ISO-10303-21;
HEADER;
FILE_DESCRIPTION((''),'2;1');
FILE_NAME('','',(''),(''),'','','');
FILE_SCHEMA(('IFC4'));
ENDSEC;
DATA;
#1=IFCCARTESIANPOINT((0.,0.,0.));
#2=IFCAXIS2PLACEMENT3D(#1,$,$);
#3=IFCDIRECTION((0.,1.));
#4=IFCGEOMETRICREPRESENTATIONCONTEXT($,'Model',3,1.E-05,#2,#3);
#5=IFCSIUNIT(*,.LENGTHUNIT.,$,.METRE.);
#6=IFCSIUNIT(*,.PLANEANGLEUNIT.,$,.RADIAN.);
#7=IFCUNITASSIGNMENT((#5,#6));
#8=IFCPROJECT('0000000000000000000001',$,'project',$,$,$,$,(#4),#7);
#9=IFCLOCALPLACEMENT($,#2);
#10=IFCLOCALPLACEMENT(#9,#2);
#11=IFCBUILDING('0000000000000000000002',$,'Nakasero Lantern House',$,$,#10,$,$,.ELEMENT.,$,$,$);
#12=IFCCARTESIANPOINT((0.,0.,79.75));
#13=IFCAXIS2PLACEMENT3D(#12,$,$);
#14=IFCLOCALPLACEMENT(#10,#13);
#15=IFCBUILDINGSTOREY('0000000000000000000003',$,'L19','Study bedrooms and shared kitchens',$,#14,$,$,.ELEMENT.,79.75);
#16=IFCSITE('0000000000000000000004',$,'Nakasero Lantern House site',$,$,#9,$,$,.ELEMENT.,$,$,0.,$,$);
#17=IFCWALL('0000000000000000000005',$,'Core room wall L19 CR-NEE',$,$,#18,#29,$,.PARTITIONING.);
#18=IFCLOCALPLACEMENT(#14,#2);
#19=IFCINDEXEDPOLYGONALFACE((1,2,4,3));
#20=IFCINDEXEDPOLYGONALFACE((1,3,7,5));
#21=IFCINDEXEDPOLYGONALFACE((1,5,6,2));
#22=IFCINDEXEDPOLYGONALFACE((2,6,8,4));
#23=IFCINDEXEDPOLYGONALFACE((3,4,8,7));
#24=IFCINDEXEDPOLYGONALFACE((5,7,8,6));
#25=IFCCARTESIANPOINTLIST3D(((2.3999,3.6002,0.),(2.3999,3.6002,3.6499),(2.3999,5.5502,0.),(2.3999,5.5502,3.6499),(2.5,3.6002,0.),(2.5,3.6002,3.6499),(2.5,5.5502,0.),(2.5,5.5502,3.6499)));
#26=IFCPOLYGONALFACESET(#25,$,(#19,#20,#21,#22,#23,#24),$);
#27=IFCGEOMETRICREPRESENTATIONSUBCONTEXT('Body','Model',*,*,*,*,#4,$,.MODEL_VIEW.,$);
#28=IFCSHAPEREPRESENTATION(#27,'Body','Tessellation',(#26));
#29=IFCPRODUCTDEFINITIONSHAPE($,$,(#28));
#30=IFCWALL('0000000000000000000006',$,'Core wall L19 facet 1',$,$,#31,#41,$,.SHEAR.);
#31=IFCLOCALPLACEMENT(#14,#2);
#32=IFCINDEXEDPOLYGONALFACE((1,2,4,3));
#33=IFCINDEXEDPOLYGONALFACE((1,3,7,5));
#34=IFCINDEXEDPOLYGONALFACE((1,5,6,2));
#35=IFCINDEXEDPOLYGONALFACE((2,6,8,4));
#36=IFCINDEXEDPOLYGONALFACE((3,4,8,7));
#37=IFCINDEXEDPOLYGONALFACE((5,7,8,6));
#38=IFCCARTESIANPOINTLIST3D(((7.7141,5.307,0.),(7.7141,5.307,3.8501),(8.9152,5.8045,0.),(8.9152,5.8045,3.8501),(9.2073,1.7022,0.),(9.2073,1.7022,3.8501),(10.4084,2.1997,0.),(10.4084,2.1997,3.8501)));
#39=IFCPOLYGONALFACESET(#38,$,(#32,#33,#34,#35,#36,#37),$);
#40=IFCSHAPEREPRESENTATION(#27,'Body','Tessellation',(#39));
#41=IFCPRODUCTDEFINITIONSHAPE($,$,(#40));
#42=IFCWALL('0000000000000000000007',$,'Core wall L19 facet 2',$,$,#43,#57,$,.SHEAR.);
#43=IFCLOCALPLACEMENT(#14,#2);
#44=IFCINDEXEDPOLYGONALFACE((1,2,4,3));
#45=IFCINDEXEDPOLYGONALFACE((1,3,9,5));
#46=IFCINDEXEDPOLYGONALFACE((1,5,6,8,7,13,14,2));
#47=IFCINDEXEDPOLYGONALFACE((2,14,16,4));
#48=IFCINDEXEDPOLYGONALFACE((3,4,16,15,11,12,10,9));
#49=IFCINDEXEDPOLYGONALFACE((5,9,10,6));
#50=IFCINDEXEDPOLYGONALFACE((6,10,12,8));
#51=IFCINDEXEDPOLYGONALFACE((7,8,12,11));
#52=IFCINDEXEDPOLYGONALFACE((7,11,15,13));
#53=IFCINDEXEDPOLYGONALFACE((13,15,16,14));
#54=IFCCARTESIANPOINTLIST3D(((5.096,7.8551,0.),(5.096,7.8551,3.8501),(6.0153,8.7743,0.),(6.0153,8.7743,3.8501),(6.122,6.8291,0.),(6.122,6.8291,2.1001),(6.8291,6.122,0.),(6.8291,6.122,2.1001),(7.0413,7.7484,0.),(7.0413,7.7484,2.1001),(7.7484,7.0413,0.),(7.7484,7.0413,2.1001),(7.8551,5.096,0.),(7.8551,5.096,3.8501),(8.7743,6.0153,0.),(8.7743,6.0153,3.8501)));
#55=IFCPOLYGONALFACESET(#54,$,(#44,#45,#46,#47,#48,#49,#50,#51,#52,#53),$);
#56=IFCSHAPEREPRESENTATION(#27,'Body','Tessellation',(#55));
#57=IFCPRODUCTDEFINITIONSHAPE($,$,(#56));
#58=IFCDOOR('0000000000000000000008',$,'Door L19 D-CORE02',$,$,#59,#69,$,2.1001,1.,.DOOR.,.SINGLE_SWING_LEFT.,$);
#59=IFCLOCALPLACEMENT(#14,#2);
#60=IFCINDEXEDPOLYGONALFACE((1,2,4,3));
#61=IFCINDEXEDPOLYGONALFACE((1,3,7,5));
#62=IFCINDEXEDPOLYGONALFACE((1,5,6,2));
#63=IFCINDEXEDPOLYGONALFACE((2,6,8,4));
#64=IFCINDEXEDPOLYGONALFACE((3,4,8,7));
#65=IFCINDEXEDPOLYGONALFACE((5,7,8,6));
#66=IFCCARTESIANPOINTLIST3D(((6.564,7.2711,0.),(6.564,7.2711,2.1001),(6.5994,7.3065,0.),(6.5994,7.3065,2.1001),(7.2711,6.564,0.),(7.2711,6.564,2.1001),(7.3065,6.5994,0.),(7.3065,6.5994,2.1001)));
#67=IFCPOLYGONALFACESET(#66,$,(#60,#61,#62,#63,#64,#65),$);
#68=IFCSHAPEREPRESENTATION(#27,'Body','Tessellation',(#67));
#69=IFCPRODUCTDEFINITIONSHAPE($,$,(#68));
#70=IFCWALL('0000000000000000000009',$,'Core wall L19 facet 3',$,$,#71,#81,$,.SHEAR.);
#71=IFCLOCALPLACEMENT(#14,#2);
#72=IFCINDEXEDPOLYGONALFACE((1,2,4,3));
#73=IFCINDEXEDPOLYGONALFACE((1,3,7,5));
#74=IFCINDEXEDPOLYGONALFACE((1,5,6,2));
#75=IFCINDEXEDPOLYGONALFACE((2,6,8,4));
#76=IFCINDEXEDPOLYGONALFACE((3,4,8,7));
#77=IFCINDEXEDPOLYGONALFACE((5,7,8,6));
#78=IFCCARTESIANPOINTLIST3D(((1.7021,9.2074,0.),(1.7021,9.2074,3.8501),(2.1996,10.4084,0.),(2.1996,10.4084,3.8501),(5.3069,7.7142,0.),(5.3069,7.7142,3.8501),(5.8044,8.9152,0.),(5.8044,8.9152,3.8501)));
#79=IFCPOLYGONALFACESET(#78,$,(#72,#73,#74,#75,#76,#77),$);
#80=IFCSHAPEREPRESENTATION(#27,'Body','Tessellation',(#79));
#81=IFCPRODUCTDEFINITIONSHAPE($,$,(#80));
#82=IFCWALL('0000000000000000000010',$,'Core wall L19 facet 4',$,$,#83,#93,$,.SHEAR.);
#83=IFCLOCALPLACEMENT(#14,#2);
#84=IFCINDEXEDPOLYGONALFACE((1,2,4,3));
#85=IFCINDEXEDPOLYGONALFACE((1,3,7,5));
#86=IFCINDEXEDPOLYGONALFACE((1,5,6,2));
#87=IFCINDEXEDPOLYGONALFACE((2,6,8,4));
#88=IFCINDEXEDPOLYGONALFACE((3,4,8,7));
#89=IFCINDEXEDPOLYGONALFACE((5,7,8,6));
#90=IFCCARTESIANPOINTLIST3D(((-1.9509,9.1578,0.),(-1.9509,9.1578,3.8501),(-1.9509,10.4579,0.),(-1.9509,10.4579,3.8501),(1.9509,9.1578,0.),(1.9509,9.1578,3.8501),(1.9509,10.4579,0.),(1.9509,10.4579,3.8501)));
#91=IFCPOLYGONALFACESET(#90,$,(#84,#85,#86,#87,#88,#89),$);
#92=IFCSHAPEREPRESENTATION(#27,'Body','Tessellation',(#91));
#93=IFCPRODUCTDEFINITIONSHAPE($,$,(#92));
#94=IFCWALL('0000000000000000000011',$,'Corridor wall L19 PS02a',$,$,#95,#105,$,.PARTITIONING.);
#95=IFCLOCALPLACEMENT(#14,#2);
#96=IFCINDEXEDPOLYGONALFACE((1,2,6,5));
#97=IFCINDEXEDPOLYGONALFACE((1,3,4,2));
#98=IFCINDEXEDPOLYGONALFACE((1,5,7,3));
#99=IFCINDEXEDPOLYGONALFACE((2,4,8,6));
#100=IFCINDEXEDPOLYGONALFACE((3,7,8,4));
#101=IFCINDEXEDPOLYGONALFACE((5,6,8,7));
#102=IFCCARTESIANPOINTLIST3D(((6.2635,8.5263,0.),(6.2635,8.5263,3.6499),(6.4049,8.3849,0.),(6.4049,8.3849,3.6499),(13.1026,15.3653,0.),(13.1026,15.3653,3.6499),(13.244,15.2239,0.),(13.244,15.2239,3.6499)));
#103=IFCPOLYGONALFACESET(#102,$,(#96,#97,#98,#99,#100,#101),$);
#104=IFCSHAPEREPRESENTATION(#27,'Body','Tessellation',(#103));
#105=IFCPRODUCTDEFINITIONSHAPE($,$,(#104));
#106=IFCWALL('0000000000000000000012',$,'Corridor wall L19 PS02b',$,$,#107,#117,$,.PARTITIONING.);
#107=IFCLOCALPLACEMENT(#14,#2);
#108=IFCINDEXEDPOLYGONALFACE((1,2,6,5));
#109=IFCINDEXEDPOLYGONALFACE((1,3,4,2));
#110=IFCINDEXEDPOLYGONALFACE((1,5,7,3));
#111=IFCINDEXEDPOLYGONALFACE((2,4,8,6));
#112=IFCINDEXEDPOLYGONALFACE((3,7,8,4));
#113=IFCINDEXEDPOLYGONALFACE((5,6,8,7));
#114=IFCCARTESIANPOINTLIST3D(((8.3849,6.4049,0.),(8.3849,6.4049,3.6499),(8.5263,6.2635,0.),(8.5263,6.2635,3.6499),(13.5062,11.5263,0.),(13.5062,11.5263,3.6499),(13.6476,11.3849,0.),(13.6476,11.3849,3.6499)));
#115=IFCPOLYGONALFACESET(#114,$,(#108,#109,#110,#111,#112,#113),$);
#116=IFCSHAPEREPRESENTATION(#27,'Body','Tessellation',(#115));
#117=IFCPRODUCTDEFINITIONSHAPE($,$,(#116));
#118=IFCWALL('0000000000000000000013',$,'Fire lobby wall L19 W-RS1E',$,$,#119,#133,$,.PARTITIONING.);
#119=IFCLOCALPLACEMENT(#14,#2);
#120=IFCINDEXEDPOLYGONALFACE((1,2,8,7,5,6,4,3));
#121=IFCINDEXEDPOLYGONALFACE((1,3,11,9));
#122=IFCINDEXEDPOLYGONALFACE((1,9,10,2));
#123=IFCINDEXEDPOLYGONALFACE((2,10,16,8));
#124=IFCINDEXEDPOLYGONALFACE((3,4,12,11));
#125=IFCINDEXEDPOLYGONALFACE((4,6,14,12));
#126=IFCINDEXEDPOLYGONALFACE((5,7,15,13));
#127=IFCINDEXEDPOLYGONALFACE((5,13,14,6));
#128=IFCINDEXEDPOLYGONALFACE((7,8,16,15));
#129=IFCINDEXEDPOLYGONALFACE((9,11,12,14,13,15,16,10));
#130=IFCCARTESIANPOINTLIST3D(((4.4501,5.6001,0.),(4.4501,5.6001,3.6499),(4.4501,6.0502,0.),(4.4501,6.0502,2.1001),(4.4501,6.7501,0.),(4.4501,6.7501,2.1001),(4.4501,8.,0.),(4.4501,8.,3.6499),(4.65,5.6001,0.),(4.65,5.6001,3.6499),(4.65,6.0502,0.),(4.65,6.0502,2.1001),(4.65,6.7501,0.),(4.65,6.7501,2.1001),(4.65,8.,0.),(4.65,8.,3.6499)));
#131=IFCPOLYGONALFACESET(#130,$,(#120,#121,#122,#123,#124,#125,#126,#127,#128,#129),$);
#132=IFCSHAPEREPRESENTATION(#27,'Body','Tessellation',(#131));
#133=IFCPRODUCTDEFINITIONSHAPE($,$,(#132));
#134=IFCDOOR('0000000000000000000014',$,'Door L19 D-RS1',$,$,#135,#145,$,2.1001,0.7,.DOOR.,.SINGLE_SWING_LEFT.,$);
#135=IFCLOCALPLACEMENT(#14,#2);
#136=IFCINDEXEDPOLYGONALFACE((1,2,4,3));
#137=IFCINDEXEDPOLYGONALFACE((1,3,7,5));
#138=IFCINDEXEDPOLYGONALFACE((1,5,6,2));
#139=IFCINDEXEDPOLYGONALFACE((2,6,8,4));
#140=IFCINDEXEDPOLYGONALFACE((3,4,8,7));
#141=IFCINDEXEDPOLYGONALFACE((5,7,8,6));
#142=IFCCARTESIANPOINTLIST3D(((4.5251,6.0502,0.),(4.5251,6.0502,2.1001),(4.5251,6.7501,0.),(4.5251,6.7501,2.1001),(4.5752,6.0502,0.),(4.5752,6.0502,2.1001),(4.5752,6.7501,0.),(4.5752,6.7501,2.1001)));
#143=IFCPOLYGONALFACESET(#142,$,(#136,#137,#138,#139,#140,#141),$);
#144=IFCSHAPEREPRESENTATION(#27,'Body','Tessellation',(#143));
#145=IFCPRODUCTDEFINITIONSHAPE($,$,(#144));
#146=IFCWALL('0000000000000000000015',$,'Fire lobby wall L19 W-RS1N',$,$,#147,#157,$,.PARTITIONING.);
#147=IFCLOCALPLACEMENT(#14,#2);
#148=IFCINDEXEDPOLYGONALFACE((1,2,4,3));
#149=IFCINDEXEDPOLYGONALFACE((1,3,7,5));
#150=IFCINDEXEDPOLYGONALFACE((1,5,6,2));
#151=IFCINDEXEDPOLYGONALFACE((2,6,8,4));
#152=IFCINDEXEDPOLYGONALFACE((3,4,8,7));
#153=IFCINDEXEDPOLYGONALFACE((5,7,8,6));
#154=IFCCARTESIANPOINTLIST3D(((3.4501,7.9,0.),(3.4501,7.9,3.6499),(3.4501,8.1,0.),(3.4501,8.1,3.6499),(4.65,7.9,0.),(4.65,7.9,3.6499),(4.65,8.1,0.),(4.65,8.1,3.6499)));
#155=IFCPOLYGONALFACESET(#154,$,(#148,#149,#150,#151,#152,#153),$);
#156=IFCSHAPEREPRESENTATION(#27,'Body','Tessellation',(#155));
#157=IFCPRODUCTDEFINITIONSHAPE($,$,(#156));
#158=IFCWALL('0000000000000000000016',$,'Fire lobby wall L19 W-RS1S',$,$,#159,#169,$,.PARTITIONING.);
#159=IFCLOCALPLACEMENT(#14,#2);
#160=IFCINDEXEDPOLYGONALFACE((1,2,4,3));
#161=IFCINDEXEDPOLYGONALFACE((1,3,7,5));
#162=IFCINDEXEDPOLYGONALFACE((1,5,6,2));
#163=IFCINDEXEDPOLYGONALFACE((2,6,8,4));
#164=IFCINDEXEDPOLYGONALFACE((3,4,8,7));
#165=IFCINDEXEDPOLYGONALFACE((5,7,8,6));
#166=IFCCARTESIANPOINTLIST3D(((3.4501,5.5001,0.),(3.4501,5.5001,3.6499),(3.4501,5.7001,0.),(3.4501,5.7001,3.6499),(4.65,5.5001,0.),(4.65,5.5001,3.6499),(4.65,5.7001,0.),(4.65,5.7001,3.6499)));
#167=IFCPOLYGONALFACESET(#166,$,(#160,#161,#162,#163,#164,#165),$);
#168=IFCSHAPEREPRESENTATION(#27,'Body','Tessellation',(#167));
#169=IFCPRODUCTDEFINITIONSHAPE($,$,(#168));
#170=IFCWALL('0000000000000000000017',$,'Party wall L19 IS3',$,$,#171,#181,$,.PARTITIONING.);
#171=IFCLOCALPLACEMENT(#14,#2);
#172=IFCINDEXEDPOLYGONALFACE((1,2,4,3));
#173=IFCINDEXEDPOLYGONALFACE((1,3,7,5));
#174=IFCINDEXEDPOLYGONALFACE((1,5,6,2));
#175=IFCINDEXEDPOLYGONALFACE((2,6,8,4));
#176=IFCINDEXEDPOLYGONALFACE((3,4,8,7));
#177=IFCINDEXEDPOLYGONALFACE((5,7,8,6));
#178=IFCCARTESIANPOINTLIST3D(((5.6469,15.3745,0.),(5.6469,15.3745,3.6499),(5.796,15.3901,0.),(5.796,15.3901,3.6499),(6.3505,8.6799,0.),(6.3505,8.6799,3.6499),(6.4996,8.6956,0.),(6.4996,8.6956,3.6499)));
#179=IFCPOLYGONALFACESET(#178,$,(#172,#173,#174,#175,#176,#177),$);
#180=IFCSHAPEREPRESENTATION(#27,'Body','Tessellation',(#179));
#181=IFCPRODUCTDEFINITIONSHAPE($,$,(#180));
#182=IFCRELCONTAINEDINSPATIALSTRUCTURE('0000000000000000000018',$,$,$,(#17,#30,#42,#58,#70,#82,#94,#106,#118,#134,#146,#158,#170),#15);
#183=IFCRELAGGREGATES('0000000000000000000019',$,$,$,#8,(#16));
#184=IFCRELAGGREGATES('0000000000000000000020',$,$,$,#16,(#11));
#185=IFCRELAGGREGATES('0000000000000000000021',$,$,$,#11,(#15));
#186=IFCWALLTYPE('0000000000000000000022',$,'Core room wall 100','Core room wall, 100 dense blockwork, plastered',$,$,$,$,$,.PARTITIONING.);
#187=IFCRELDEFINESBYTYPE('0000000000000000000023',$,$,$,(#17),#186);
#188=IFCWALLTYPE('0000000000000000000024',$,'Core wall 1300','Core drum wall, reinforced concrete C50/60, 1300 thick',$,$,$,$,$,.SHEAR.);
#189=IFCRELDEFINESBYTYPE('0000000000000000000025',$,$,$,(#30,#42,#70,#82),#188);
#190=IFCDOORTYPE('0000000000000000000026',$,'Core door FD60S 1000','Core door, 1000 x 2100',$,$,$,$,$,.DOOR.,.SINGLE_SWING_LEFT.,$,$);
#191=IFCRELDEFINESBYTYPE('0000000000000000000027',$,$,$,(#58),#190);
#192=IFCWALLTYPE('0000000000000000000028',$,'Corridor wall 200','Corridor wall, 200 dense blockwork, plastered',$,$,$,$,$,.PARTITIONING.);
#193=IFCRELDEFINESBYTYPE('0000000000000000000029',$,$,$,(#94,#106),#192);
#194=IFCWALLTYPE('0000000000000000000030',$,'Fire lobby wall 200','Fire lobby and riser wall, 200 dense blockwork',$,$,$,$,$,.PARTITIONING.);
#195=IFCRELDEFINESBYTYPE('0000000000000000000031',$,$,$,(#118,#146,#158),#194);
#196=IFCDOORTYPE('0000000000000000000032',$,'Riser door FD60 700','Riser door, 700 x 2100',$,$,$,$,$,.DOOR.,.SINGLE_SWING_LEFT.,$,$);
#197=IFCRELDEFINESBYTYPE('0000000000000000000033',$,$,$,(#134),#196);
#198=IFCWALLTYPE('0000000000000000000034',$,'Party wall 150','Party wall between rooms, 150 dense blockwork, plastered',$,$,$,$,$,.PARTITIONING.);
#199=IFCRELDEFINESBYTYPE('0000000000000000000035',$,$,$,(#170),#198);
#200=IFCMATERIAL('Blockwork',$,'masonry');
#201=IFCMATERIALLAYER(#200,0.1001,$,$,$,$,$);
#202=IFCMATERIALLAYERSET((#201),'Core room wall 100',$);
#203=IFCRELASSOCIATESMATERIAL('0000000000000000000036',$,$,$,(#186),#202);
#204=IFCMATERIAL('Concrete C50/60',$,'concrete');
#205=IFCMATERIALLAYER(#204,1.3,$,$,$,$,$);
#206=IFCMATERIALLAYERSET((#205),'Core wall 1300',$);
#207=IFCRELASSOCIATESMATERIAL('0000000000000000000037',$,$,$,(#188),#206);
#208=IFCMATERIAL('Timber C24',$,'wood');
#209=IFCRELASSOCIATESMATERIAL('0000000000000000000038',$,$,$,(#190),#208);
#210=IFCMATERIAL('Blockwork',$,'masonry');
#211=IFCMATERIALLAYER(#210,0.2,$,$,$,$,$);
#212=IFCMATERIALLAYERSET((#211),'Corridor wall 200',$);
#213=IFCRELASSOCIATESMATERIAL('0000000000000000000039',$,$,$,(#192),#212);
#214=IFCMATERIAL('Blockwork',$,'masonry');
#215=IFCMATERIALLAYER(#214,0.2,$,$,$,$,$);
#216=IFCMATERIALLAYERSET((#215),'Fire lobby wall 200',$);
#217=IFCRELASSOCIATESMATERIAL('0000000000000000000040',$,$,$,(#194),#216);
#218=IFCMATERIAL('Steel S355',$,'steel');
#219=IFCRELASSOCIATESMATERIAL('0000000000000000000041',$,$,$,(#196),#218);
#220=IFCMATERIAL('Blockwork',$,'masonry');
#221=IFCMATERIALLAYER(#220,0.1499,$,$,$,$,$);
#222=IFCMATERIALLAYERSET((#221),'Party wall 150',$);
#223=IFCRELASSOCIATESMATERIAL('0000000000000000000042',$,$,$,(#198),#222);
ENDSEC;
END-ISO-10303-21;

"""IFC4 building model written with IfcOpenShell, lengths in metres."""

from ifc_helpers import new_model, si_unit, direction, frame, frame_2d, origin, place, context, subcontext, project, spatial, rectangle, extrude, material, layer, layer_set, type_object, element, fill, save


model = new_model("IFC4")

# Units and contexts
model_context = context("Model", 3, precision=1e-05, world=origin(), true_north=direction((0.0, 1.0)))
body_context = subcontext(model_context, "Body", "Model", "MODEL_VIEW")
ifc_project = project(units=[si_unit("LENGTHUNIT", "METRE"), si_unit("PLANEANGLEUNIT", "RADIAN")], contexts=[model_context])

# Site, building, storey
site_placement = place(None, origin())
site = spatial("IfcSite", under=ifc_project, at=site_placement, Name="Nakasero Lantern House site", CompositionType="ELEMENT", RefElevation=0.0)
building_placement = place(site_placement, origin())
building = spatial("IfcBuilding", under=site, at=building_placement, Name="Nakasero Lantern House", CompositionType="ELEMENT")
storey_placement = place(building_placement, frame((0.0, 0.0, 79.75)))
storey = spatial("IfcBuildingStorey", under=building, at=storey_placement, Name="L19", Description="Study bedrooms and shared kitchens", CompositionType="ELEMENT", Elevation=79.75)

# Walls
ifc_material_1 = material(Name="Blockwork", Category="masonry")
ifc_layer_1 = layer(ifc_material_1, 0.1001)
ifc_layer_set_1 = layer_set([ifc_layer_1], Name="Core room wall 100")
wall_type_1 = type_object("IfcWallType", Name="Core room wall 100", Description="Core room wall, 100 dense blockwork, plastered", PredefinedType="PARTITIONING", material=ifc_layer_set_1)
wall_1_placement = place(storey_placement, frame((2.45, 3.6001, 0.0), z_axis=(0.0, 0.0, 1.0), x_axis=(0.0, 1.0, 0.0)))
element("IfcWall", 1, at=wall_1_placement, inside=storey, type_object=wall_type_1, Name="Core room wall L19 CR-NEE", PredefinedType="PARTITIONING", context=body_context, shape_type="SweptSolid", body=[
    extrude(rectangle(XDim=1.95, YDim=0.1001, at=frame_2d((0.9751, 0.0))), origin(), (0.0, 0.0, 1.0), 3.6499),
])
ifc_material_2 = material(Name="Concrete C50/60", Category="concrete")
ifc_layer_2 = layer(ifc_material_2, 1.3)
ifc_layer_set_2 = layer_set([ifc_layer_2], Name="Core wall 1300")
wall_type_2 = type_object("IfcWallType", Name="Core wall 1300", Description="Core drum wall, reinforced concrete C50/60, 1300 thick", PredefinedType="SHEAR", material=ifc_layer_set_2)
wall_2_placement = place(storey_placement, frame((9.8079, 1.9509, 0.0), z_axis=(0.0, 0.0, 1.0), x_axis=(-0.382691, 0.923877, 0.0)))
element("IfcWall", 2, at=wall_2_placement, inside=storey, type_object=wall_type_2, Name="Core wall L19 facet 1", PredefinedType="SHEAR", context=body_context, shape_type="SweptSolid", body=[
    extrude(rectangle(XDim=3.9019, YDim=1.3, at=frame_2d((1.9509, 0.0))), origin(), (0.0, 0.0, 1.0), 3.8501),
])

# Wall, opening, door
wall_3_placement = place(storey_placement, frame((8.3147, 5.5557, 0.0), z_axis=(0.0, 0.0, 1.0), x_axis=(-0.707107, 0.707107, 0.0)))
wall_3 = element("IfcWall", 3, at=wall_3_placement, inside=storey, type_object=wall_type_2, Name="Core wall L19 facet 2", PredefinedType="SHEAR", context=body_context, shape_type="SweptSolid", body=[
    extrude(rectangle(XDim=3.9019, YDim=1.3, at=frame_2d((1.9509, 0.0))), origin(), (0.0, 0.0, 1.0), 3.8501),
])
opening_1_placement = place(wall_3_placement, frame((1.4509, 0.0, 0.0)))
opening_1 = element("IfcOpeningElement", 4, at=opening_1_placement, cuts=wall_3, PredefinedType="OPENING", context=body_context, shape_type="SweptSolid", body=[
    extrude(rectangle(XDim=1.0, YDim=2.1001, at=frame_2d((0.5, 1.05))), frame((0.0, 0.6699, 0.0), z_axis=(0.0, -1.0, 0.0), x_axis=(1.0, 0.0, 0.0)), (0.0, 0.0, 1.0), 1.3401),
])
ifc_material_3 = material(Name="Timber C24", Category="wood")
door_type_1 = type_object("IfcDoorType", Name="Core door FD60S 1000", Description="Core door, 1000 x 2100", OperationType="SINGLE_SWING_LEFT", PredefinedType="DOOR", material=ifc_material_3)
door_1_placement = place(opening_1_placement, origin())
door_1 = element("IfcDoor", 5, at=door_1_placement, inside=storey, type_object=door_type_1, Name="Door L19 D-CORE02", OperationType="SINGLE_SWING_LEFT", OverallHeight=2.1001, OverallWidth=1.0, PredefinedType="DOOR", context=body_context, shape_type="SweptSolid", body=[
    extrude(rectangle(XDim=1.0, YDim=2.1001, at=frame_2d((0.5, 1.05))), frame((0.0, 0.0249, 0.0), z_axis=(0.0, -1.0, 0.0), x_axis=(1.0, 0.0, 0.0)), (0.0, 0.0, 1.0), 0.05),
])
fill(opening_1, door_1)

# Walls
for number, where, z_axis, x_axis, name in (
    (6, (5.5557, 8.3147, 0.0), (0.0, 0.0, 1.0), (-0.923877, 0.382691, 0.0), "Core wall L19 facet 3"),
    (7, (1.9509, 9.8079, 0.0), (0.0, 0.0, 1.0), (-1.0, 0.0, 0.0), "Core wall L19 facet 4"),
):
    element("IfcWall", number, at=place(storey_placement, frame(where, z_axis=z_axis, x_axis=x_axis)), inside=storey, type_object=wall_type_2, Name=name, PredefinedType="SHEAR", context=body_context, shape_type="SweptSolid", body=[
        extrude(rectangle(XDim=3.9019, YDim=1.3, at=frame_2d((1.9509, 0.0))), origin(), (0.0, 0.0, 1.0), 3.8501),
    ])
ifc_material_4 = material(Name="Blockwork", Category="masonry")
ifc_layer_3 = layer(ifc_material_4, 0.2)
ifc_layer_set_3 = layer_set([ifc_layer_3], Name="Corridor wall 200")
wall_type_3 = type_object("IfcWallType", Name="Corridor wall 200", Description="Corridor wall, 200 dense blockwork, plastered", PredefinedType="PARTITIONING", material=ifc_layer_set_3)
wall_4_placement = place(storey_placement, frame((6.3342, 8.4556, 0.0), z_axis=(0.0, 0.0, 1.0), x_axis=(0.707107, 0.707107, 0.0)))
element("IfcWall", 8, at=wall_4_placement, inside=storey, type_object=wall_type_3, Name="Corridor wall L19 PS02a", PredefinedType="PARTITIONING", context=body_context, shape_type="SweptSolid", body=[
    extrude(rectangle(XDim=9.6719, YDim=0.2, at=frame_2d((4.8359, 0.0))), origin(), (0.0, 0.0, 1.0), 3.6499),
])
wall_5_placement = place(storey_placement, frame((8.4556, 6.3342, 0.0), z_axis=(0.0, 0.0, 1.0), x_axis=(0.707107, 0.707107, 0.0)))
element("IfcWall", 9, at=wall_5_placement, inside=storey, type_object=wall_type_3, Name="Corridor wall L19 PS02b", PredefinedType="PARTITIONING", context=body_context, shape_type="SweptSolid", body=[
    extrude(rectangle(XDim=7.2427, YDim=0.2, at=frame_2d((3.6213, 0.0))), origin(), (0.0, 0.0, 1.0), 3.6499),
])

# Wall, opening, door
ifc_material_5 = material(Name="Blockwork", Category="masonry")
ifc_layer_4 = layer(ifc_material_5, 0.2)
ifc_layer_set_4 = layer_set([ifc_layer_4], Name="Fire lobby wall 200")
wall_type_4 = type_object("IfcWallType", Name="Fire lobby wall 200", Description="Fire lobby and riser wall, 200 dense blockwork", PredefinedType="PARTITIONING", material=ifc_layer_set_4)
wall_6_placement = place(storey_placement, frame((4.55, 5.6001, 0.0), z_axis=(0.0, 0.0, 1.0), x_axis=(0.0, 1.0, 0.0)))
wall_6 = element("IfcWall", 10, at=wall_6_placement, inside=storey, type_object=wall_type_4, Name="Fire lobby wall L19 W-RS1E", PredefinedType="PARTITIONING", context=body_context, shape_type="SweptSolid", body=[
    extrude(rectangle(XDim=2.3999, YDim=0.2, at=frame_2d((1.2, 0.0))), origin(), (0.0, 0.0, 1.0), 3.6499),
])
opening_2_placement = place(wall_6_placement, frame((0.45, 0.0, 0.0)))
opening_2 = element("IfcOpeningElement", 11, at=opening_2_placement, cuts=wall_6, PredefinedType="OPENING", context=body_context, shape_type="SweptSolid", body=[
    extrude(rectangle(XDim=0.7, YDim=2.1001, at=frame_2d((0.3501, 1.05))), frame((0.0, 0.1199, 0.0), z_axis=(0.0, -1.0, 0.0), x_axis=(1.0, 0.0, 0.0)), (0.0, 0.0, 1.0), 0.24),
])
ifc_material_6 = material(Name="Steel S355", Category="steel")
door_type_2 = type_object("IfcDoorType", Name="Riser door FD60 700", Description="Riser door, 700 x 2100", OperationType="SINGLE_SWING_LEFT", PredefinedType="DOOR", material=ifc_material_6)
door_2_placement = place(opening_2_placement, origin())
door_2 = element("IfcDoor", 12, at=door_2_placement, inside=storey, type_object=door_type_2, Name="Door L19 D-RS1", OperationType="SINGLE_SWING_LEFT", OverallHeight=2.1001, OverallWidth=0.7, PredefinedType="DOOR", context=body_context, shape_type="SweptSolid", body=[
    extrude(rectangle(XDim=0.7, YDim=2.1001, at=frame_2d((0.3501, 1.05))), frame((0.0, 0.0249, 0.0), z_axis=(0.0, -1.0, 0.0), x_axis=(1.0, 0.0, 0.0)), (0.0, 0.0, 1.0), 0.05),
])
fill(opening_2, door_2)

# Walls
for number, where, z_axis, x_axis, name in (
    (13, (3.45, 8.0, 0.0), (0.0, 0.0, 1.0), (1.0, 0.0, 0.0), "Fire lobby wall L19 W-RS1N"),
    (14, (3.45, 5.6001, 0.0), (0.0, 0.0, 1.0), (1.0, 0.0, 0.0), "Fire lobby wall L19 W-RS1S"),
):
    element("IfcWall", number, at=place(storey_placement, frame(where, z_axis=z_axis, x_axis=x_axis)), inside=storey, type_object=wall_type_4, Name=name, PredefinedType="PARTITIONING", context=body_context, shape_type="SweptSolid", body=[
        extrude(rectangle(XDim=1.2, YDim=0.2, at=frame_2d((0.6001, 0.0))), origin(), (0.0, 0.0, 1.0), 3.6499),
    ])
ifc_material_7 = material(Name="Blockwork", Category="masonry")
ifc_layer_5 = layer(ifc_material_7, 0.1499)
ifc_layer_set_5 = layer_set([ifc_layer_5], Name="Party wall 150")
wall_type_5 = type_object("IfcWallType", Name="Party wall 150", Description="Party wall between rooms, 150 dense blockwork, plastered", PredefinedType="PARTITIONING", material=ifc_layer_set_5)
wall_7_placement = place(storey_placement, frame((6.425, 8.6877, 0.0), z_axis=(0.0, 0.0, 1.0), x_axis=(-0.104526, 0.994522, 0.0)))
element("IfcWall", 15, at=wall_7_placement, inside=storey, type_object=wall_type_5, Name="Party wall L19 IS3", PredefinedType="PARTITIONING", context=body_context, shape_type="SweptSolid", body=[
    extrude(rectangle(XDim=6.7314, YDim=0.1499, at=frame_2d((3.3657, 0.0))), origin(), (0.0, 0.0, 1.0), 3.6499),
])

save(model, "model.ifc")
